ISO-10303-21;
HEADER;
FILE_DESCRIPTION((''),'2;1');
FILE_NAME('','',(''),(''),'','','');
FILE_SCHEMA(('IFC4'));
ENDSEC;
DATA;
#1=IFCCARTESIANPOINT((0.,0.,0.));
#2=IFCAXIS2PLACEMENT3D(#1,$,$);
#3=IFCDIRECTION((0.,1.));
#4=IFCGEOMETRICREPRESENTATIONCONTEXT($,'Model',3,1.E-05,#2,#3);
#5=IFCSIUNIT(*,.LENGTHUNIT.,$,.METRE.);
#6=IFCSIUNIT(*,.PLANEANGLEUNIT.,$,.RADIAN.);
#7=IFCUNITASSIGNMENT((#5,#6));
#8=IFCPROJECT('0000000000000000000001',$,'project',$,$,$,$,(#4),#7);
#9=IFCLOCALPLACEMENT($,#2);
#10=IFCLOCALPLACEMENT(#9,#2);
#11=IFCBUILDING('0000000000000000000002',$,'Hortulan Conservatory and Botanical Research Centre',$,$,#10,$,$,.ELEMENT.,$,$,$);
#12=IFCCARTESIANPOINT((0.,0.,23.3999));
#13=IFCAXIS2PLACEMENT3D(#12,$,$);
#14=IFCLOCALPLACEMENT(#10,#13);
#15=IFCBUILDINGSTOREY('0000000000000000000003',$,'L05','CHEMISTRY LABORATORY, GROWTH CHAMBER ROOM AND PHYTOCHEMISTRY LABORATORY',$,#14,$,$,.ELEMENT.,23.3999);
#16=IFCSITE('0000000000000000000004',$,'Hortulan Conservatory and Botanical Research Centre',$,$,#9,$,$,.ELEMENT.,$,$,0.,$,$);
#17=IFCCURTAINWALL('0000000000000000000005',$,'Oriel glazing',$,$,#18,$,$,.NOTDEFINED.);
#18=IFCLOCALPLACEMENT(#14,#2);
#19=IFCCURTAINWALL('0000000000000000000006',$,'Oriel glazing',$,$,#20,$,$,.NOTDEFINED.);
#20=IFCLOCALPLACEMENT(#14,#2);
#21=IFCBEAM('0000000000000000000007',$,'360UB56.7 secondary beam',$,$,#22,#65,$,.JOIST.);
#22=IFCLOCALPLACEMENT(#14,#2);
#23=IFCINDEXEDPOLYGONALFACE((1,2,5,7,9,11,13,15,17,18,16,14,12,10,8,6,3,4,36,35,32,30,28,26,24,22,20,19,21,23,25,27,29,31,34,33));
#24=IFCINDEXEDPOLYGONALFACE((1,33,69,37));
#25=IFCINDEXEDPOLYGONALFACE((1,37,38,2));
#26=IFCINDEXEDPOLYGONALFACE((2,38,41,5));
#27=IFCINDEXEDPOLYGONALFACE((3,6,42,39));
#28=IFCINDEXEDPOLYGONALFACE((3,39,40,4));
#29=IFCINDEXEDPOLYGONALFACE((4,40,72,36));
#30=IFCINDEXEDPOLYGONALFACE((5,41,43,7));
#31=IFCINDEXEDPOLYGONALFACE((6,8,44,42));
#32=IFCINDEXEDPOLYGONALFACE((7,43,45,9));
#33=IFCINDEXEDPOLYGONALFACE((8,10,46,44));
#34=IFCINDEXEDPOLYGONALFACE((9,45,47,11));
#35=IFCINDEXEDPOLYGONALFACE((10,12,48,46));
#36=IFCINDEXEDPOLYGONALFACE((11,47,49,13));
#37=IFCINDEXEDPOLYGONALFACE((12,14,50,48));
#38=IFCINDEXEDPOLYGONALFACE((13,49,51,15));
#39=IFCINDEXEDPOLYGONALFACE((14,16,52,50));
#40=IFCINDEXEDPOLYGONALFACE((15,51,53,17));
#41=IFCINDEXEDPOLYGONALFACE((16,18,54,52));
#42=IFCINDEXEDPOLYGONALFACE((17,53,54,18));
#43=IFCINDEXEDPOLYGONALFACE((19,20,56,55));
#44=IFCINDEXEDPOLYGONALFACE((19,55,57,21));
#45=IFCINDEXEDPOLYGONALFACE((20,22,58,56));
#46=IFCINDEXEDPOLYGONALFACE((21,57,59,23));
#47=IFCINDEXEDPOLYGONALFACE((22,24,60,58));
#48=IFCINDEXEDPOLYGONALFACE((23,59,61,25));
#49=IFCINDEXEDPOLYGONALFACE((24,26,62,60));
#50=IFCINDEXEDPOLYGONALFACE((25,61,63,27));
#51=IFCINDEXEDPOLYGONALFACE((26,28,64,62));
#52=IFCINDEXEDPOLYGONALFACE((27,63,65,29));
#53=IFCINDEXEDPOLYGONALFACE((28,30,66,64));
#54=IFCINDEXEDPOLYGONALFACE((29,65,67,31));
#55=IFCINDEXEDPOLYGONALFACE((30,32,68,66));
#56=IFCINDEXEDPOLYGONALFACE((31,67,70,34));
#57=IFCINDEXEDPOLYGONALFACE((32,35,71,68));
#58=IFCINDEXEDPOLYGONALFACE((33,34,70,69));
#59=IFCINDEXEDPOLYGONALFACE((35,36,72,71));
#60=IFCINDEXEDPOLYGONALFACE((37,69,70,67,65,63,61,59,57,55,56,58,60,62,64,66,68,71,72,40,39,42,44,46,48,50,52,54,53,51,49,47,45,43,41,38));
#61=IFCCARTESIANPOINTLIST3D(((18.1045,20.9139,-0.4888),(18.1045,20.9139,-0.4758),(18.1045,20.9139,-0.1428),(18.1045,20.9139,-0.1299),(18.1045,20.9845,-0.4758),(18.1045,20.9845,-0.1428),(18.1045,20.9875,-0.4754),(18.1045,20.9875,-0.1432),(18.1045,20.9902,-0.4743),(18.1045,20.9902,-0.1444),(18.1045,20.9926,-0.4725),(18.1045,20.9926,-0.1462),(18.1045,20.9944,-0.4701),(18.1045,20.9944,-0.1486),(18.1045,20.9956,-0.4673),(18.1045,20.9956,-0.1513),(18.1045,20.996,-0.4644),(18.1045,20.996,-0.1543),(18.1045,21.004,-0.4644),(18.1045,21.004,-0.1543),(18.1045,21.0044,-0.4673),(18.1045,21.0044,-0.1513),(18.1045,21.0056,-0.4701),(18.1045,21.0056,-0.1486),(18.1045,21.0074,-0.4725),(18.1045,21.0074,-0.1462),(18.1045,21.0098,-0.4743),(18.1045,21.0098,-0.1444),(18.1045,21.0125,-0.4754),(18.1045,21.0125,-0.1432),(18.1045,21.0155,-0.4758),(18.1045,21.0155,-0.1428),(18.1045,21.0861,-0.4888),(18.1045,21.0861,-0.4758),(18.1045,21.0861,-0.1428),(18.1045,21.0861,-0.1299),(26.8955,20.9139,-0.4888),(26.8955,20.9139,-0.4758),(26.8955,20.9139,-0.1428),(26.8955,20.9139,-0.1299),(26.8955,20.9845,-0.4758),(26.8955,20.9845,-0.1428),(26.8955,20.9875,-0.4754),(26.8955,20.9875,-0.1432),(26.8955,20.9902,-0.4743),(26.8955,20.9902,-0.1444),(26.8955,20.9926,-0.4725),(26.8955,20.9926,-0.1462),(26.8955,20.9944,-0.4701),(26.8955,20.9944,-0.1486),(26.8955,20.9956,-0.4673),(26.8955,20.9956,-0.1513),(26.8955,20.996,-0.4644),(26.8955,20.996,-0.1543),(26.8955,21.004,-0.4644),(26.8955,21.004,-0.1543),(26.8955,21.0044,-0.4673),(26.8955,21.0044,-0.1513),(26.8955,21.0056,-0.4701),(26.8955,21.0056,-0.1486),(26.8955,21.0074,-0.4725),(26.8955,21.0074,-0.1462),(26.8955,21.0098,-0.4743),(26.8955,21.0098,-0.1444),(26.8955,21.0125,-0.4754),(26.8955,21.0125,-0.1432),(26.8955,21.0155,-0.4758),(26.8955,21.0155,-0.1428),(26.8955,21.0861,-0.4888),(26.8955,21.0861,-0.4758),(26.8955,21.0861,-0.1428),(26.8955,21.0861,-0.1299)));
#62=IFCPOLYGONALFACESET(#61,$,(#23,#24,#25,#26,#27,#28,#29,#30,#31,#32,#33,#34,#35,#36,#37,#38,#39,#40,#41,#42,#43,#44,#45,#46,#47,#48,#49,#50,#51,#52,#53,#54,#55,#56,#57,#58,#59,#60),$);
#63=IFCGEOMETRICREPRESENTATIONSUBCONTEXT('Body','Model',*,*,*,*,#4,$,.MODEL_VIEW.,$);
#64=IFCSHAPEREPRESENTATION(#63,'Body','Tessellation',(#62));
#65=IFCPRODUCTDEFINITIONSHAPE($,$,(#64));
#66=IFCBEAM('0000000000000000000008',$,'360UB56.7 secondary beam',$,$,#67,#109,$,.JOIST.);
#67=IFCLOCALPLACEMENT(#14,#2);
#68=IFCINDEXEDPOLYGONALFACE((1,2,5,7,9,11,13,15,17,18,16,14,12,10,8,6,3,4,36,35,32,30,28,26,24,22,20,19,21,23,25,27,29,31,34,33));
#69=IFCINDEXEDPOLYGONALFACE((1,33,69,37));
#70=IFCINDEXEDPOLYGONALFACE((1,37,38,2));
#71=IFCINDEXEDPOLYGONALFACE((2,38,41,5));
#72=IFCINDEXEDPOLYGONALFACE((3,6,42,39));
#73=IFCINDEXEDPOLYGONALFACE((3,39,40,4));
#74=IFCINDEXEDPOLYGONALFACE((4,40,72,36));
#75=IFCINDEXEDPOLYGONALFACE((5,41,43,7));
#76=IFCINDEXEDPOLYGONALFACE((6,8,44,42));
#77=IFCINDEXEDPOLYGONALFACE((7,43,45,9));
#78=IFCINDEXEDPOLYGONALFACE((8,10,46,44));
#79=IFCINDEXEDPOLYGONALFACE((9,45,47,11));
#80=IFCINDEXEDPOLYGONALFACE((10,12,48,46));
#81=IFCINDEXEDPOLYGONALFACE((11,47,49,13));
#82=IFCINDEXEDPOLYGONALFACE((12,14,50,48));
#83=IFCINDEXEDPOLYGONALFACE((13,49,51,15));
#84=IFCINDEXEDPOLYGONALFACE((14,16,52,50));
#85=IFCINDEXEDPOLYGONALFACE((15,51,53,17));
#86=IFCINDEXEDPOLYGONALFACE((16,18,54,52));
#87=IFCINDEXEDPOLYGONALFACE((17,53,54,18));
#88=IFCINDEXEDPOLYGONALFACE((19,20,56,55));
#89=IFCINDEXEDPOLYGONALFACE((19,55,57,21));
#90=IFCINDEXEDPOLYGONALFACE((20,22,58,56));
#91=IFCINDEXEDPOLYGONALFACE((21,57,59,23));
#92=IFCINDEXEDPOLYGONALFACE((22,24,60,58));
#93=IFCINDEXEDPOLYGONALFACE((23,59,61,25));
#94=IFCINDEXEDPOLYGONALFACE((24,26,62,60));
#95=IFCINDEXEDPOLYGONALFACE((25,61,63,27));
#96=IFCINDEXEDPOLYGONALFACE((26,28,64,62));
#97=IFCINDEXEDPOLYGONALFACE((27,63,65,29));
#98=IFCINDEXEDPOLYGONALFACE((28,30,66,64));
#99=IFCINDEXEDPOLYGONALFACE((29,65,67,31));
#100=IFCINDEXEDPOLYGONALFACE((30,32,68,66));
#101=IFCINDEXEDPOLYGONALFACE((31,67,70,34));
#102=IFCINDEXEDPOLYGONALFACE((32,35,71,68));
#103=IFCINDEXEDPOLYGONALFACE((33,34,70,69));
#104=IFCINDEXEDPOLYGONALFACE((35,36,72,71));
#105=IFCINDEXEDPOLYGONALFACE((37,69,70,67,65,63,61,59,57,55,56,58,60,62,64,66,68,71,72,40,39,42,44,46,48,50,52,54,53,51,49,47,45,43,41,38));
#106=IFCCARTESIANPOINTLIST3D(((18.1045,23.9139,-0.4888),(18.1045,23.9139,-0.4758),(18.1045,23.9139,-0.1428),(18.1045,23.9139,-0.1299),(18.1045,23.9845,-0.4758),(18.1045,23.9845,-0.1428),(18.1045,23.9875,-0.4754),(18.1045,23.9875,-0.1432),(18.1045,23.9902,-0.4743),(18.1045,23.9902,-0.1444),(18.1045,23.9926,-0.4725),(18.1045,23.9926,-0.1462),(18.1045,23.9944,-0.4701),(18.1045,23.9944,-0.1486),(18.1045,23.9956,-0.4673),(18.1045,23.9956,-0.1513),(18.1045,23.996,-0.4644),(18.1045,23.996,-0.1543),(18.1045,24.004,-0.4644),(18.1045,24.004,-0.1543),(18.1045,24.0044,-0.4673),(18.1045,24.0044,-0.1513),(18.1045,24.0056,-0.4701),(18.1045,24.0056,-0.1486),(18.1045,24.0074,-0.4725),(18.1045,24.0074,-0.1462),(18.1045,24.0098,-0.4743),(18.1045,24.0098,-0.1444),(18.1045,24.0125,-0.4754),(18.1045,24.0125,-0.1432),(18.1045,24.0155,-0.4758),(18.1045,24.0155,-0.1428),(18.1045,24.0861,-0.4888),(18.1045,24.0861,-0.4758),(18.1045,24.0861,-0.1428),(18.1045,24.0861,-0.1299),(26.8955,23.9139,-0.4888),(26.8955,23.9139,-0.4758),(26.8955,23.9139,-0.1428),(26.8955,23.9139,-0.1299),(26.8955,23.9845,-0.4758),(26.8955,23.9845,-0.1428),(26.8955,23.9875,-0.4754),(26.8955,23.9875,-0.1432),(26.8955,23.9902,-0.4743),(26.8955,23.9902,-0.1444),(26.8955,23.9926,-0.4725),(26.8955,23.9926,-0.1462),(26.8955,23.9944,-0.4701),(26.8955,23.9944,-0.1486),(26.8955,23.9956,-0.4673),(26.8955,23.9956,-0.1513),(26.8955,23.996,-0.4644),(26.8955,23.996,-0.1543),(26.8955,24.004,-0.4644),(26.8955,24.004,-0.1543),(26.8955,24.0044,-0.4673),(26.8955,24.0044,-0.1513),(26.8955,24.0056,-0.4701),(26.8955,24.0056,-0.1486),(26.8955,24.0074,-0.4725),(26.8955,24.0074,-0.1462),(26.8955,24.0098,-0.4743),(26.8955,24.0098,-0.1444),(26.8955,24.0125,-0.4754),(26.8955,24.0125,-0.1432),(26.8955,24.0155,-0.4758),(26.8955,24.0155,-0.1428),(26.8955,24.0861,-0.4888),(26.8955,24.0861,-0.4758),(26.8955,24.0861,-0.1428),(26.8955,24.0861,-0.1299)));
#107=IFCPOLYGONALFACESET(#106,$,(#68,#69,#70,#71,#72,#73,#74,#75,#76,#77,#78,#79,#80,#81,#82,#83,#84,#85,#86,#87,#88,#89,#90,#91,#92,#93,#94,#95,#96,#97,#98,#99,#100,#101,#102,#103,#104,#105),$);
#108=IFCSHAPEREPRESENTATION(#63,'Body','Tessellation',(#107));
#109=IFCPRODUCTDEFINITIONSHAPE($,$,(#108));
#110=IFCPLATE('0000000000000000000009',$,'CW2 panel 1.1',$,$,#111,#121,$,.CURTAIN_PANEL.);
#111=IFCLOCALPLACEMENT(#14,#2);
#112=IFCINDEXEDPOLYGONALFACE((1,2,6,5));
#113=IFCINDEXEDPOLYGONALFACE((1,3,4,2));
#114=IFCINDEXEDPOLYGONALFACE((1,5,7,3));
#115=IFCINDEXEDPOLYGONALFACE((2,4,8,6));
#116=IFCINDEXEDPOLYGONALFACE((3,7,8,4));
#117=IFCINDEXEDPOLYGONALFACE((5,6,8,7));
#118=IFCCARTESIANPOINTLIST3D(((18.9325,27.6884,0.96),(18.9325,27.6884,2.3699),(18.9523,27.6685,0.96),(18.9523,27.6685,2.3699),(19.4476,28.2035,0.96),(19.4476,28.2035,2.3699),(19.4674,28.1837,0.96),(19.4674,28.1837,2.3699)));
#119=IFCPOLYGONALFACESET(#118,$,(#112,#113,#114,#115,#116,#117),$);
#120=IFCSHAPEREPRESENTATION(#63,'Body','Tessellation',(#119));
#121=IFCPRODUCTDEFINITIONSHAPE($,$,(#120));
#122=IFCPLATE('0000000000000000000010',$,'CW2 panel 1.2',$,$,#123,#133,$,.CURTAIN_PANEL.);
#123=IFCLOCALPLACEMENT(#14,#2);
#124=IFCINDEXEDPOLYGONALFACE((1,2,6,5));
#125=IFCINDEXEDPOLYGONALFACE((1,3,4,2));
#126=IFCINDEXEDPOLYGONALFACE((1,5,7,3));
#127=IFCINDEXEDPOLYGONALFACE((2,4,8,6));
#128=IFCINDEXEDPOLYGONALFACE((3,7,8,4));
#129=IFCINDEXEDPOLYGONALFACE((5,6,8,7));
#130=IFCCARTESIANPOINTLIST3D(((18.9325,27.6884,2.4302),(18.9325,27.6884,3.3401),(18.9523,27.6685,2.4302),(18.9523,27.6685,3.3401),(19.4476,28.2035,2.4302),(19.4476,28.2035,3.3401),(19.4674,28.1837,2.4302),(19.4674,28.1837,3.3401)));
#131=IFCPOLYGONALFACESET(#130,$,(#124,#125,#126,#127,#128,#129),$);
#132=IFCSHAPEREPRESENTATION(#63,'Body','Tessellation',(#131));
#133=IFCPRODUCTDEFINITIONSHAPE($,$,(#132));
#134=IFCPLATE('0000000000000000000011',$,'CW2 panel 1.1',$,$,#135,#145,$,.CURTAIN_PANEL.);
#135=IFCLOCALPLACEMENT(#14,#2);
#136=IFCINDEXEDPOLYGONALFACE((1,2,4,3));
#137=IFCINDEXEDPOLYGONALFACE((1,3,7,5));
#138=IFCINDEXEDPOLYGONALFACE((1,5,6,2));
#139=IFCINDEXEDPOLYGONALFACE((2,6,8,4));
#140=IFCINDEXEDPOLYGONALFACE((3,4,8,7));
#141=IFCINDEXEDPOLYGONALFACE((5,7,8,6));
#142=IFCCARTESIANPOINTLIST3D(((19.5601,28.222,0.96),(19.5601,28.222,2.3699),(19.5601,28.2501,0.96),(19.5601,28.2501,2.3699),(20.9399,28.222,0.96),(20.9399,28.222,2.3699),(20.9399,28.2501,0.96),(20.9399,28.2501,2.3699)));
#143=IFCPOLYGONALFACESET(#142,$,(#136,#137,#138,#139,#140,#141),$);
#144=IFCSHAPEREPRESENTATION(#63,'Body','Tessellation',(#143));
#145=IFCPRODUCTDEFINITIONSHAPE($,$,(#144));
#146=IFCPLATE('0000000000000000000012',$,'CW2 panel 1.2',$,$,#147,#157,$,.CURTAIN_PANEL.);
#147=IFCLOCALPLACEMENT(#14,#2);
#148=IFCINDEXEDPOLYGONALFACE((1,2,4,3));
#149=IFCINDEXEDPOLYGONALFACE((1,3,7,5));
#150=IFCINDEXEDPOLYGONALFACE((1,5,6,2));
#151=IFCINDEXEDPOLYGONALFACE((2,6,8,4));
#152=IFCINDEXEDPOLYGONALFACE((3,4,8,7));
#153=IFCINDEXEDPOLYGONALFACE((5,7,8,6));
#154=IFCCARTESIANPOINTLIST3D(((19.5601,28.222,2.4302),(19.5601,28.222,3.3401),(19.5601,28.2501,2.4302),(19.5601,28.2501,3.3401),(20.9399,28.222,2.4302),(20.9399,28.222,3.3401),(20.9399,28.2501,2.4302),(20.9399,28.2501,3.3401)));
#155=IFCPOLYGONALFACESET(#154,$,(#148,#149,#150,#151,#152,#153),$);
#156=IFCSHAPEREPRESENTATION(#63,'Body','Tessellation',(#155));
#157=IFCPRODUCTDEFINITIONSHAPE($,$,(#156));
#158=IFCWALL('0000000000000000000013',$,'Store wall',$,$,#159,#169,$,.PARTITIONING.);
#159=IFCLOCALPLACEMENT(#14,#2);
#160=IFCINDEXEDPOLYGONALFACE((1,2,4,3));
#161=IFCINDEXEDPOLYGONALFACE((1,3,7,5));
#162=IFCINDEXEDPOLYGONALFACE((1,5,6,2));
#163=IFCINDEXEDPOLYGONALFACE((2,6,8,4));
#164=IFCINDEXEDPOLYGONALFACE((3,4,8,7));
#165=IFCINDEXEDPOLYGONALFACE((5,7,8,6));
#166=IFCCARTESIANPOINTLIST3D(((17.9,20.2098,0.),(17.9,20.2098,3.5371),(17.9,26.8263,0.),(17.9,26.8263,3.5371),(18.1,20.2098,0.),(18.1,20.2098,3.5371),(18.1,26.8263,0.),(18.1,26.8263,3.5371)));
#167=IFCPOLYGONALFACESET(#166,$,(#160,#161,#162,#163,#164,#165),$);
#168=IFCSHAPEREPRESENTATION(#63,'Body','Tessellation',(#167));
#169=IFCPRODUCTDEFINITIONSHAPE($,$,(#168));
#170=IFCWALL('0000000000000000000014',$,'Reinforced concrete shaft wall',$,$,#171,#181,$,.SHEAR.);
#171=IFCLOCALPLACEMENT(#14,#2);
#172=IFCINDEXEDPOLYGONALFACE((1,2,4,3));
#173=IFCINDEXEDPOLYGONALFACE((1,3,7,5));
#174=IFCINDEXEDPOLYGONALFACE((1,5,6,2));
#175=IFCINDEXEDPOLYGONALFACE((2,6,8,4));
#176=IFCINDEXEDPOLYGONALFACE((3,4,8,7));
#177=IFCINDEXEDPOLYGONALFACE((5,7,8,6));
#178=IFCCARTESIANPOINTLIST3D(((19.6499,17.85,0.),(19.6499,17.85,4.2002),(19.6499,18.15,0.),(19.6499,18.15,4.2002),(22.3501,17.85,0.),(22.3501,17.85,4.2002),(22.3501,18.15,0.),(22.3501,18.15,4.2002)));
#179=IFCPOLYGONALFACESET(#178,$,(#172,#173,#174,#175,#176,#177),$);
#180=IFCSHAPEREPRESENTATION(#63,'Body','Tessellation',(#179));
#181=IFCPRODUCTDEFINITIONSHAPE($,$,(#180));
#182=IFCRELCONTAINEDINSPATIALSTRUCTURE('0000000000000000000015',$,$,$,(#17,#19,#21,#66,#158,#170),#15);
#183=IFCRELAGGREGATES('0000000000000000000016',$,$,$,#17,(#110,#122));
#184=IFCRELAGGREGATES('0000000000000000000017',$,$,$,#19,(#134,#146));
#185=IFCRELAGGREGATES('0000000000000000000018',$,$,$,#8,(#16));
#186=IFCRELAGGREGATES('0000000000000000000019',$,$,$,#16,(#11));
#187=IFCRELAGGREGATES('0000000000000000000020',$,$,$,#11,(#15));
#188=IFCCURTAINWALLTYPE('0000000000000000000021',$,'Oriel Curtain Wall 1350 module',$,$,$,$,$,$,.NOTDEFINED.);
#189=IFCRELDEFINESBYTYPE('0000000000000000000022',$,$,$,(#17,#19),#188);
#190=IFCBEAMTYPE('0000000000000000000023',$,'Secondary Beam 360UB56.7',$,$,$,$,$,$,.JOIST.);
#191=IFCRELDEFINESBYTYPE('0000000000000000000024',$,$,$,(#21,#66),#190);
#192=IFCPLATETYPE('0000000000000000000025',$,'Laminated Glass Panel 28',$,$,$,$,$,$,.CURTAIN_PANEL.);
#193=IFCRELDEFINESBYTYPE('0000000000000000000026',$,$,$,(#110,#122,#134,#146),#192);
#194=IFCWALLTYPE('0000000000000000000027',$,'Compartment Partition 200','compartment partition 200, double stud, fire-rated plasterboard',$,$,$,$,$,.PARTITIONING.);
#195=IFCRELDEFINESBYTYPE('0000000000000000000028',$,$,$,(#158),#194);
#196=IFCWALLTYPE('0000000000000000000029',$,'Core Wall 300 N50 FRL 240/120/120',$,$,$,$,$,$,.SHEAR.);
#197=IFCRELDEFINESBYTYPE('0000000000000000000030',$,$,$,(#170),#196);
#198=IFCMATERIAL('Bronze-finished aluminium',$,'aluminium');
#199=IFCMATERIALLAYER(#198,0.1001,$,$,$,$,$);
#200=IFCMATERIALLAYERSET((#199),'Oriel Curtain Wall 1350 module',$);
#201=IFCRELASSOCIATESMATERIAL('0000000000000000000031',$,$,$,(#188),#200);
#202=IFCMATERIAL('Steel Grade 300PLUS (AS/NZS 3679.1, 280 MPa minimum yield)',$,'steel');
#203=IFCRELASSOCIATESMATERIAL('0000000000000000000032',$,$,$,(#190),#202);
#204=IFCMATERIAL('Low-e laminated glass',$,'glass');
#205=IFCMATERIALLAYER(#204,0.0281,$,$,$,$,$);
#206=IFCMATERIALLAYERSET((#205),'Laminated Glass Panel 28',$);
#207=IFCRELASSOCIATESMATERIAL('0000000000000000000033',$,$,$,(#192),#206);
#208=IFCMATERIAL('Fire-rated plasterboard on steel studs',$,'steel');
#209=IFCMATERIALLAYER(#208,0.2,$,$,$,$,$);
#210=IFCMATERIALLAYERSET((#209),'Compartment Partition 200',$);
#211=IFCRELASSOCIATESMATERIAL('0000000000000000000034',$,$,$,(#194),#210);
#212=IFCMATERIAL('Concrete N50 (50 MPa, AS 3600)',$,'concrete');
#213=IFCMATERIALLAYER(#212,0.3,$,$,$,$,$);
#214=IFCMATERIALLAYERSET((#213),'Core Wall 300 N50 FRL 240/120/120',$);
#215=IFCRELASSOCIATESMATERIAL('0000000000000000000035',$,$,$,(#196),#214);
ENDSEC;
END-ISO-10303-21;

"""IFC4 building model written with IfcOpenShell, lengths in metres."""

from ifc_helpers import new_model, si_unit, direction, frame, frame_2d, origin, origin_2d, place, context, subcontext, project, spatial, rectangle, i_section, extrude, material, layer, layer_set, material_profile, profile_set, type_object, element, aggregate, save


model = new_model("IFC4")

# Units and contexts
model_context = context("Model", 3, precision=1e-05, world=origin(), true_north=direction((0.0, 1.0)))
body_context = subcontext(model_context, "Body", "Model", "MODEL_VIEW")
ifc_project = project(units=[si_unit("LENGTHUNIT", "METRE"), si_unit("PLANEANGLEUNIT", "RADIAN")], contexts=[model_context])

# Site, building, storey
site_placement = place(None, origin())
site = spatial("IfcSite", under=ifc_project, at=site_placement, Name="Hortulan Conservatory and Botanical Research Centre", CompositionType="ELEMENT", RefElevation=0.0)
building_placement = place(site_placement, origin())
building = spatial("IfcBuilding", under=site, at=building_placement, Name="Hortulan Conservatory and Botanical Research Centre", CompositionType="ELEMENT")
storey_placement = place(building_placement, frame((0.0, 0.0, 23.3999)))
storey = spatial("IfcBuildingStorey", under=building, at=storey_placement, Name="L05", Description="CHEMISTRY LABORATORY, GROWTH CHAMBER ROOM AND PHYTOCHEMISTRY LABORATORY", CompositionType="ELEMENT", Elevation=23.3999)

# Shared definitions
ifc_material_1 = material(Name="Steel Grade 300PLUS (AS/NZS 3679.1, 280 MPa minimum yield)", Category="steel")

# Curtain walls
ifc_material_2 = material(Name="Bronze-finished aluminium", Category="aluminium")
ifc_layer_1 = layer(ifc_material_2, 0.1001)
ifc_layer_set_1 = layer_set([ifc_layer_1], Name="Oriel Curtain Wall 1350 module")
curtain_wall_type = type_object("IfcCurtainWallType", Name="Oriel Curtain Wall 1350 module", PredefinedType="NOTDEFINED", material=ifc_layer_set_1)
curtain_wall_1_placement = place(storey_placement, origin())
curtain_wall_1 = element("IfcCurtainWall", 1, at=curtain_wall_1_placement, inside=storey, type_object=curtain_wall_type, Name="Oriel glazing", PredefinedType="NOTDEFINED")
curtain_wall_2_placement = place(storey_placement, origin())
curtain_wall_2 = element("IfcCurtainWall", 2, at=curtain_wall_2_placement, inside=storey, type_object=curtain_wall_type, Name="Oriel glazing", PredefinedType="NOTDEFINED")

# Beams
ifc_material_profile_1 = material_profile(ifc_material_1, i_section(OverallWidth=0.1721, OverallDepth=0.3589, WebThickness=0.0081, FlangeThickness=0.0129, FilletRadius=0.0115, at=origin_2d()), Name="360UB56.7")
ifc_profile_set_1 = profile_set([ifc_material_profile_1], Name="Steel Grade 300PLUS (AS/NZS 3679.1, 280 MPa minimum yield)")
beam_type_1 = type_object("IfcBeamType", Name="Secondary Beam 360UB56.7", PredefinedType="JOIST", material=ifc_profile_set_1)
for number, where, z_axis, x_axis, name in (
    (3, (18.1045, 21.0, -0.3093), (1.0, 0.0, 0.0), (0.0, 1.0, 0.0), "360UB56.7 secondary beam"),
    (4, (18.1045, 24.0, -0.3093), (1.0, 0.0, 0.0), (0.0, 1.0, 0.0), "360UB56.7 secondary beam"),
):
    element("IfcBeam", number, at=place(storey_placement, frame(where, z_axis=z_axis, x_axis=x_axis)), inside=storey, type_object=beam_type_1, Name=name, PredefinedType="JOIST", context=body_context, shape_type="SweptSolid", body=[
        extrude(i_section(OverallWidth=0.1721, OverallDepth=0.3589, WebThickness=0.0081, FlangeThickness=0.0129, FilletRadius=0.0115, at=origin_2d()), origin(), (0.0, 0.0, 1.0), 8.791),
    ])

# Plates
ifc_material_3 = material(Name="Low-e laminated glass", Category="glass")
ifc_layer_2 = layer(ifc_material_3, 0.0281)
ifc_layer_set_2 = layer_set([ifc_layer_2], Name="Laminated Glass Panel 28")
plate_type = type_object("IfcPlateType", Name="Laminated Glass Panel 28", PredefinedType="CURTAIN_PANEL", material=ifc_layer_set_2)
plate_1_placement = place(storey_placement, frame((19.2, 27.936, 0.96), z_axis=(0.0, 0.0, 1.0), x_axis=(0.707107, 0.707107, 0.0)))
plate_1 = element("IfcPlate", 5, at=plate_1_placement, type_object=plate_type, Name="CW2 panel 1.1", PredefinedType="CURTAIN_PANEL", context=body_context, shape_type="SweptSolid", body=[
    extrude(rectangle(XDim=0.7285, YDim=0.0281, at=origin_2d()), origin(), (0.0, 0.0, 1.0), 1.4099),
])
plate_2_placement = place(storey_placement, frame((19.2, 27.936, 2.4302), z_axis=(0.0, 0.0, 1.0), x_axis=(0.707107, 0.707107, 0.0)))
plate_2 = element("IfcPlate", 6, at=plate_2_placement, type_object=plate_type, Name="CW2 panel 1.2", PredefinedType="CURTAIN_PANEL", context=body_context, shape_type="SweptSolid", body=[
    extrude(rectangle(XDim=0.7285, YDim=0.0281, at=origin_2d()), origin(), (0.0, 0.0, 1.0), 0.9099),
])
aggregate(curtain_wall_1, [plate_1, plate_2])
plate_3_placement = place(storey_placement, frame((20.25, 28.2361, 0.96), z_axis=(0.0, 0.0, 1.0), x_axis=(1.0, 0.0, 0.0)))
plate_3 = element("IfcPlate", 7, at=plate_3_placement, type_object=plate_type, Name="CW2 panel 1.1", PredefinedType="CURTAIN_PANEL", context=body_context, shape_type="SweptSolid", body=[
    extrude(rectangle(XDim=1.3799, YDim=0.0281, at=origin_2d()), origin(), (0.0, 0.0, 1.0), 1.4099),
])
plate_4_placement = place(storey_placement, frame((20.25, 28.2361, 2.4302), z_axis=(0.0, 0.0, 1.0), x_axis=(1.0, 0.0, 0.0)))
plate_4 = element("IfcPlate", 8, at=plate_4_placement, type_object=plate_type, Name="CW2 panel 1.2", PredefinedType="CURTAIN_PANEL", context=body_context, shape_type="SweptSolid", body=[
    extrude(rectangle(XDim=1.3799, YDim=0.0281, at=origin_2d()), origin(), (0.0, 0.0, 1.0), 0.9099),
])
aggregate(curtain_wall_2, [plate_3, plate_4])

# Walls
ifc_material_4 = material(Name="Fire-rated plasterboard on steel studs", Category="steel")
ifc_layer_3 = layer(ifc_material_4, 0.2)
ifc_layer_set_3 = layer_set([ifc_layer_3], Name="Compartment Partition 200")
wall_type_1 = type_object("IfcWallType", Name="Compartment Partition 200", Description="compartment partition 200, double stud, fire-rated plasterboard", PredefinedType="PARTITIONING", material=ifc_layer_set_3)
wall_1_placement = place(storey_placement, frame((18.0, 20.21, 0.0), z_axis=(0.0, 0.0, 1.0), x_axis=(0.0, 1.0, 0.0)))
element("IfcWall", 9, at=wall_1_placement, inside=storey, type_object=wall_type_1, Name="Store wall", PredefinedType="PARTITIONING", context=body_context, shape_type="SweptSolid", body=[
    extrude(rectangle(XDim=6.6165, YDim=0.2, at=frame_2d((3.3081, 0.0))), origin(), (0.0, 0.0, 1.0), 3.5371),
])
ifc_material_5 = material(Name="Concrete N50 (50 MPa, AS 3600)", Category="concrete")
ifc_layer_4 = layer(ifc_material_5, 0.3)
ifc_layer_set_4 = layer_set([ifc_layer_4], Name="Core Wall 300 N50 FRL 240/120/120")
wall_type_2 = type_object("IfcWallType", Name="Core Wall 300 N50 FRL 240/120/120", PredefinedType="SHEAR", material=ifc_layer_set_4)
wall_2_placement = place(storey_placement, frame((19.6499, 18.0, 0.0), z_axis=(0.0, 0.0, 1.0), x_axis=(1.0, 0.0, 0.0)))
element("IfcWall", 10, at=wall_2_placement, inside=storey, type_object=wall_type_2, Name="Reinforced concrete shaft wall", PredefinedType="SHEAR", context=body_context, shape_type="SweptSolid", body=[
    extrude(rectangle(XDim=2.7002, YDim=0.3, at=frame_2d((1.3501, 0.0))), origin(), (0.0, 0.0, 1.0), 4.2002),
])

save(model, "model.ifc")
